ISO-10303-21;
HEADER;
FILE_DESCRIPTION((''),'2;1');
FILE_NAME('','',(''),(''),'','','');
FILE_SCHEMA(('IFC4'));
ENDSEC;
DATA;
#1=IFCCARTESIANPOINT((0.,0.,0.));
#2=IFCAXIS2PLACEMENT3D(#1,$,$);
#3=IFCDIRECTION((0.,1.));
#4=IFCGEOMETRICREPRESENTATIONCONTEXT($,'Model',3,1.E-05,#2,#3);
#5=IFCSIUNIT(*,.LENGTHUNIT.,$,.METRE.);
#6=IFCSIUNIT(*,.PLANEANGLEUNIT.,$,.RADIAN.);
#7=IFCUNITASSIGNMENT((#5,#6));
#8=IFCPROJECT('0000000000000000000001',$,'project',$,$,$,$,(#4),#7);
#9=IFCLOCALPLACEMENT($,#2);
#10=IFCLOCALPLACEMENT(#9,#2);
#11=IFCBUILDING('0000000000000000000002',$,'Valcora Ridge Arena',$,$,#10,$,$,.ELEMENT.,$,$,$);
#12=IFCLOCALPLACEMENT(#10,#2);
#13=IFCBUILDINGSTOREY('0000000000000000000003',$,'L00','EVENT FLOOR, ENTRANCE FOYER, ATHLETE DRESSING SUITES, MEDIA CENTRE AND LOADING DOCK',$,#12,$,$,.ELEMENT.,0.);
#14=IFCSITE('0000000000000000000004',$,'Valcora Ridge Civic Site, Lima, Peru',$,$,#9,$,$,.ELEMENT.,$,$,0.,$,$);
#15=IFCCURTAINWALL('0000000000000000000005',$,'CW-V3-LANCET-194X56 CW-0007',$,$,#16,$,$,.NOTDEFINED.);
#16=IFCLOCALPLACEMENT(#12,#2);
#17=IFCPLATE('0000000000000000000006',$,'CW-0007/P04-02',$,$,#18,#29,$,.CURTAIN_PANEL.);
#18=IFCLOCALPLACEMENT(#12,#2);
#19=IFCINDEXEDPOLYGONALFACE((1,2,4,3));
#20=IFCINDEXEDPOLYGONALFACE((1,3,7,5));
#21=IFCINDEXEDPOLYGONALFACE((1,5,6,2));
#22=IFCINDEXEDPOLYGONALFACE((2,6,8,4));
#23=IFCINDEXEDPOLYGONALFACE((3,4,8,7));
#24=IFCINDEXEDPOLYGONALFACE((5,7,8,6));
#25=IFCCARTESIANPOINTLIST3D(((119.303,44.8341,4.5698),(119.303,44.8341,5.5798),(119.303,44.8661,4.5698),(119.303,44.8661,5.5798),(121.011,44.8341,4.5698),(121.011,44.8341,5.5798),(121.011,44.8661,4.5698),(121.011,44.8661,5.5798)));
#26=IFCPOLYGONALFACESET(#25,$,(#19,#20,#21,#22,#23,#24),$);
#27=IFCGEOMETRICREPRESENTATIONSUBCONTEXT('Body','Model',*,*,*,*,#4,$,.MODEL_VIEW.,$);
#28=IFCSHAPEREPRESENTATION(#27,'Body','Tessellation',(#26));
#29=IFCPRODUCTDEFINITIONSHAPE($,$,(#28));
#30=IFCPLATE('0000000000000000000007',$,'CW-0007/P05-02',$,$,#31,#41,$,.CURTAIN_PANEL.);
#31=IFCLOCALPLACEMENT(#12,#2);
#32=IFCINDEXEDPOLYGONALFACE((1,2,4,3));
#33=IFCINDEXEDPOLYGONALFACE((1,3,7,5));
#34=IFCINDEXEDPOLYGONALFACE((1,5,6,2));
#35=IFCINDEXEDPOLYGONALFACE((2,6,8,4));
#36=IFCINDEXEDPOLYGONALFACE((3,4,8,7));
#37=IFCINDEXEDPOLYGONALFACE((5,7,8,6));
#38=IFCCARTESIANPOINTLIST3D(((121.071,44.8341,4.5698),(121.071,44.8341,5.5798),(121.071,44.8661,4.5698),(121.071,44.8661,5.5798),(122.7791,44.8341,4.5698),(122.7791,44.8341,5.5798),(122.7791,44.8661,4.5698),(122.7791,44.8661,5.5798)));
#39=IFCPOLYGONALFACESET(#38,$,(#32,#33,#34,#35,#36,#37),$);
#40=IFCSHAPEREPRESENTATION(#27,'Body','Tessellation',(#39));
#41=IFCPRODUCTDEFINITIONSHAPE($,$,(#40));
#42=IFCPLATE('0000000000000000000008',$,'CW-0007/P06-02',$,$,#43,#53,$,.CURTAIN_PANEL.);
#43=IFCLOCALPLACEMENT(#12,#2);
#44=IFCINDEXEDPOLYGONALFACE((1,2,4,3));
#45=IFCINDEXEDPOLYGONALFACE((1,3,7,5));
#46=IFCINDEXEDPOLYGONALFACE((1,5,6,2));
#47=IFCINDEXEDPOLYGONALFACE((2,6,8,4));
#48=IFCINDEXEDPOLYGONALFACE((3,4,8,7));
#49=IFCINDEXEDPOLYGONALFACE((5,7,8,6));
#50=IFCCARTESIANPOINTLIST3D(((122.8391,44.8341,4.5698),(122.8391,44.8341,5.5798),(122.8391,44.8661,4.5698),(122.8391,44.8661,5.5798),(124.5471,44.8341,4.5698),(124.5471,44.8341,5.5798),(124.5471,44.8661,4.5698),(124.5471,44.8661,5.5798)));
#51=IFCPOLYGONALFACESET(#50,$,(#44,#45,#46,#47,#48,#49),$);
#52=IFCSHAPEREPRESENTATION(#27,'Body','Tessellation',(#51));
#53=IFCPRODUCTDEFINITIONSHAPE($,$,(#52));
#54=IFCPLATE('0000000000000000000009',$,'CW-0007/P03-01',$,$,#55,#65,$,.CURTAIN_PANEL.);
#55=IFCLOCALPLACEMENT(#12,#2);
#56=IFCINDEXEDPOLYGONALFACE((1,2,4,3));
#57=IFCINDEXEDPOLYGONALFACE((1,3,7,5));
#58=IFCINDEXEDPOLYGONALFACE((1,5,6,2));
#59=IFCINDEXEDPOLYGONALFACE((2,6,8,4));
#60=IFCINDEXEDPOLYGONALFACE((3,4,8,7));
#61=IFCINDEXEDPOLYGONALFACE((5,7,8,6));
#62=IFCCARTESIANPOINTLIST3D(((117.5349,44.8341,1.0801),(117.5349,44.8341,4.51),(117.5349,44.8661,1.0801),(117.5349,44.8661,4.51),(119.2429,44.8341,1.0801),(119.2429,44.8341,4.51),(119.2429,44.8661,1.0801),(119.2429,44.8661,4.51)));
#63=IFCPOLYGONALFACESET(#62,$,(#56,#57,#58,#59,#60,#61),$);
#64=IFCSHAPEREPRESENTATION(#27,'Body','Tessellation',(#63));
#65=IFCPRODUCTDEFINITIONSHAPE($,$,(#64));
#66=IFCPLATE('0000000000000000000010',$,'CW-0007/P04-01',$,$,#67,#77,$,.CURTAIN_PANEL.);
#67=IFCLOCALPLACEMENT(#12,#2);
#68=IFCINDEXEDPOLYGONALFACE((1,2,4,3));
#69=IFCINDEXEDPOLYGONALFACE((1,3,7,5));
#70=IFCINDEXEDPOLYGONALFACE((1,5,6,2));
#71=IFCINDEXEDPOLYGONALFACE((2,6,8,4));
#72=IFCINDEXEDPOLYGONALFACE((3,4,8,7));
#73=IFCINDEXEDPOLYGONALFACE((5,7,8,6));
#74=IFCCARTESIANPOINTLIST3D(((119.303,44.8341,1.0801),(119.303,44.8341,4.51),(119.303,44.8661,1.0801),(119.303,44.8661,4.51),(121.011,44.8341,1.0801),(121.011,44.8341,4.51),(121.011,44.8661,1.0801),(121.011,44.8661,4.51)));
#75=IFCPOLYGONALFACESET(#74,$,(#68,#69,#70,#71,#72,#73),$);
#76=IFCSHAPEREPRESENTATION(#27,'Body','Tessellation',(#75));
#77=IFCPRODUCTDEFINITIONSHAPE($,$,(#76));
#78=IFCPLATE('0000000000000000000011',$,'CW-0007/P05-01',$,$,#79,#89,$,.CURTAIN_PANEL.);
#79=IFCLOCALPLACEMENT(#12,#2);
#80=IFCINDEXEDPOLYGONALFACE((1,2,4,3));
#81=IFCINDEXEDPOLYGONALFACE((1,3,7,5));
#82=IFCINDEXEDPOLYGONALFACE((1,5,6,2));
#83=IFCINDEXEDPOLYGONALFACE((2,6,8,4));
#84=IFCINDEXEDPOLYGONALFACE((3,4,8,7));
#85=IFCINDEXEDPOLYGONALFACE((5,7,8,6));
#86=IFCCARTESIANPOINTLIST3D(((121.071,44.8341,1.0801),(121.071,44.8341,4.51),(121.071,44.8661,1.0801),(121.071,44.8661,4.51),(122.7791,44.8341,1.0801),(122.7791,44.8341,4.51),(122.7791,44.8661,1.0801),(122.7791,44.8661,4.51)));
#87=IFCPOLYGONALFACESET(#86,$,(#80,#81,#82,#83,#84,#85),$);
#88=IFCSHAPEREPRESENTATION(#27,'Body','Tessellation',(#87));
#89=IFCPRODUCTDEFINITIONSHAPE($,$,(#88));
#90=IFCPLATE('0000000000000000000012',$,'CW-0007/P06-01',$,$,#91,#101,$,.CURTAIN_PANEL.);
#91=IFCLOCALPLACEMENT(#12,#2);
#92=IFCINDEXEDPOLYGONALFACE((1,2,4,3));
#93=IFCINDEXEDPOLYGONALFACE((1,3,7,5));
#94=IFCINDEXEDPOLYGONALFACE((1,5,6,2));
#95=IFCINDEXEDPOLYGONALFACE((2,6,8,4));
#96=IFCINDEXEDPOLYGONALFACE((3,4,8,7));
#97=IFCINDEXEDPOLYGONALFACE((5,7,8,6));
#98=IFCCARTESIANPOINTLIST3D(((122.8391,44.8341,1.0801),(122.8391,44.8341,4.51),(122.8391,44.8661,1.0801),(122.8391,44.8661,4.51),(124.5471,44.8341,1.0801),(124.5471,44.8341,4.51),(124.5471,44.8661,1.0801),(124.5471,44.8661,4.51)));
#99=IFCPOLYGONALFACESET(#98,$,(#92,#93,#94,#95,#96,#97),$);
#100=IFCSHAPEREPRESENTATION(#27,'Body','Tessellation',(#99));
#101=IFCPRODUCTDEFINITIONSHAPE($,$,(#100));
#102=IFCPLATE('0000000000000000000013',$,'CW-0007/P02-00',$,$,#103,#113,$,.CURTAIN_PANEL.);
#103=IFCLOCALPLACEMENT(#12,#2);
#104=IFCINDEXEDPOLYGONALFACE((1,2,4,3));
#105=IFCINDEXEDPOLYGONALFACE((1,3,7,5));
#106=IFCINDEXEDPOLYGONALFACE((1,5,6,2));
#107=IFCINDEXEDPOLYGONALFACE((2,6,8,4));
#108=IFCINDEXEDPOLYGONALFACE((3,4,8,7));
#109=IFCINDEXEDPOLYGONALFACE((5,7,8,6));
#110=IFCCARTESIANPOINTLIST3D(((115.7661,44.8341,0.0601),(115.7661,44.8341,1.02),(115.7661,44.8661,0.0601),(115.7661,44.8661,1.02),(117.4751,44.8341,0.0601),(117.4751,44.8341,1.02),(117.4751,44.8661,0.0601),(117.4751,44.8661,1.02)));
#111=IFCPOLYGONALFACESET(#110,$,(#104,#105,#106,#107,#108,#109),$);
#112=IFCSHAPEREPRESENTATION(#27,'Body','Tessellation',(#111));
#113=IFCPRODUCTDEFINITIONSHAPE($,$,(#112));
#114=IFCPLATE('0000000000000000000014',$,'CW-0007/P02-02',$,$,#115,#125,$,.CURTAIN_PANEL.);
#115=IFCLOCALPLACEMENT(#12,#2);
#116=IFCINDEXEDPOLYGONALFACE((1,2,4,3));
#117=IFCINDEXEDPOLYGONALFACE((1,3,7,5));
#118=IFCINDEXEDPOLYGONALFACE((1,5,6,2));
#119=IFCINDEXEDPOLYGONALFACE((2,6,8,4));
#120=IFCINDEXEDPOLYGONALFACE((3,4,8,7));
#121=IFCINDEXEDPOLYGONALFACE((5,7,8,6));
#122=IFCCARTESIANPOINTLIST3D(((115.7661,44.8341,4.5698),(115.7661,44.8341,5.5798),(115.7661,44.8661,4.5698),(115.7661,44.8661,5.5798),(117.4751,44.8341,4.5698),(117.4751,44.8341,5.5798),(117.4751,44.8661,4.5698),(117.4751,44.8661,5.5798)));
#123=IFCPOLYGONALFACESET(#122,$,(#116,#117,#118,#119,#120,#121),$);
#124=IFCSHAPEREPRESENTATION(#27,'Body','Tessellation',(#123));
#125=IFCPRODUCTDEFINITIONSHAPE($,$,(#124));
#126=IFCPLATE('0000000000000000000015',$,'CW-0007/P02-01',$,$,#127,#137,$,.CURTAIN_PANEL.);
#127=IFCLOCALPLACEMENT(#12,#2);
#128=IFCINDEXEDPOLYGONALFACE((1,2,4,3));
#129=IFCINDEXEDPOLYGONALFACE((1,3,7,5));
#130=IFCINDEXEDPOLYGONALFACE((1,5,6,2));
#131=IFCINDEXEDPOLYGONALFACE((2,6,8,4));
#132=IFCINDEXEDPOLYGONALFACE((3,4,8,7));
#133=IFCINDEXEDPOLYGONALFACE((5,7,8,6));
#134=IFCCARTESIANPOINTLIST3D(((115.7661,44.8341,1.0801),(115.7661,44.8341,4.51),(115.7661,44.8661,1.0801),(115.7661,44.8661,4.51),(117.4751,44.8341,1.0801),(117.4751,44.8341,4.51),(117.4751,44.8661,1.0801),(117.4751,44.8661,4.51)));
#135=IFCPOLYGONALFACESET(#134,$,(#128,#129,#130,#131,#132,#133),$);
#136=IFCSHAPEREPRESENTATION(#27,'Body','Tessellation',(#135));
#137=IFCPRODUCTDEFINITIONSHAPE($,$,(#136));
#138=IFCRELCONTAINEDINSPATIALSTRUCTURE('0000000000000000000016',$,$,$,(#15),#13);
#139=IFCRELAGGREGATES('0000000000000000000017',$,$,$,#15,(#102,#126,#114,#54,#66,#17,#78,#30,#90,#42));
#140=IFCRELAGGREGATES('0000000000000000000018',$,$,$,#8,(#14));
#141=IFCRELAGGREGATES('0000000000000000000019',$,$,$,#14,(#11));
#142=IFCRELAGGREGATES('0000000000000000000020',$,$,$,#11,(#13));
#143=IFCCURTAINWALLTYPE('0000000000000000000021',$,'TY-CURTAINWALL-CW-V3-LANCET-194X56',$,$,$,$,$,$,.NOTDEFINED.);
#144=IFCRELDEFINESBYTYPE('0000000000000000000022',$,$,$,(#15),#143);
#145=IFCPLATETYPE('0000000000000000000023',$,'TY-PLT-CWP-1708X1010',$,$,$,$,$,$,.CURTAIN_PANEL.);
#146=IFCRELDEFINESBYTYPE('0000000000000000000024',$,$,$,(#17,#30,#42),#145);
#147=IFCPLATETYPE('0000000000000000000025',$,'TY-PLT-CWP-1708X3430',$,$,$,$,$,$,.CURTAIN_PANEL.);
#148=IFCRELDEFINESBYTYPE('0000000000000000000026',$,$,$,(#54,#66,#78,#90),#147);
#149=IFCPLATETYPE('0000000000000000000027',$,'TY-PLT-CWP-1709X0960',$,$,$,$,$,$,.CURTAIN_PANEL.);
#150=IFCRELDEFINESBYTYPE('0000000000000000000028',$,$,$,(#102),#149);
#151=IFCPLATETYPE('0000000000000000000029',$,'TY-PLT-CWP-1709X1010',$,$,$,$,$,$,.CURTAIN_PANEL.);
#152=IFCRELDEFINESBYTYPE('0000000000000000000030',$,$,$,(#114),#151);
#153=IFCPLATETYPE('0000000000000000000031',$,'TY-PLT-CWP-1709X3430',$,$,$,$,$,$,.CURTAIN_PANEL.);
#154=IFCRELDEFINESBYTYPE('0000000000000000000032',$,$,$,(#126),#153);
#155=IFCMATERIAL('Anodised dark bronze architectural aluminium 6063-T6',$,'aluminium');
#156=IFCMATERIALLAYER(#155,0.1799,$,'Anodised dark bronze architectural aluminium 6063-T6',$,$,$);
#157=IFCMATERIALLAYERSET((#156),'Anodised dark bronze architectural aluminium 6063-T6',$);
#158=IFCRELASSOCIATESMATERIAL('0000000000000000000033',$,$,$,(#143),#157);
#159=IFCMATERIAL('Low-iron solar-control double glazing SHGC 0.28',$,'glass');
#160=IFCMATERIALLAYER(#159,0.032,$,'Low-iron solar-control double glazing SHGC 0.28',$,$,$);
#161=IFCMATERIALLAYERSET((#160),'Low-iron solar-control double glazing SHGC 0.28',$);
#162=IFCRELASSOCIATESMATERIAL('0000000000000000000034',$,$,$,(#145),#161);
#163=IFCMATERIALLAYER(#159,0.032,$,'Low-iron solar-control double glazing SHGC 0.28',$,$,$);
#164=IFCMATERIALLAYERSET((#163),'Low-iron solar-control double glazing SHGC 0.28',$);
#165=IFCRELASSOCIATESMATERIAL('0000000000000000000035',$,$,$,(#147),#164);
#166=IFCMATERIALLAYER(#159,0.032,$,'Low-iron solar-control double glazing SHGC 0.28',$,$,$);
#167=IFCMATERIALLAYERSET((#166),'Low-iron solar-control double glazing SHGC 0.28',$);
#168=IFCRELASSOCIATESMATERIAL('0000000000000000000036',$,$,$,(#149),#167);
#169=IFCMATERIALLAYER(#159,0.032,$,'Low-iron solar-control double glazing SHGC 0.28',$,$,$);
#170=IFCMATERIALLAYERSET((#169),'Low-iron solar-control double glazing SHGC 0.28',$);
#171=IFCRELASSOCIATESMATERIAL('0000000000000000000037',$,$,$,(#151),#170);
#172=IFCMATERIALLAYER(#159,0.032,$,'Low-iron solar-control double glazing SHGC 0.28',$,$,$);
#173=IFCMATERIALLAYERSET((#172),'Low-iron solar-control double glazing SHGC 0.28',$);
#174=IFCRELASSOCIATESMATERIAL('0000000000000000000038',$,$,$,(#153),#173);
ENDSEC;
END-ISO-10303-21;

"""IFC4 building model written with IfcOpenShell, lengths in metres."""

from ifc_helpers import new_model, si_unit, direction, frame, origin, origin_2d, place, context, subcontext, project, spatial, rectangle, extrude, material, layer, layer_set, type_object, element, aggregate, save


model = new_model("IFC4")

# Units and contexts
model_context = context("Model", 3, precision=1e-05, world=origin(), true_north=direction((0.0, 1.0)))
body_context = subcontext(model_context, "Body", "Model", "MODEL_VIEW")
ifc_project = project(units=[si_unit("LENGTHUNIT", "METRE"), si_unit("PLANEANGLEUNIT", "RADIAN")], contexts=[model_context])

# Site, building, storey
site_placement = place(None, origin())
site = spatial("IfcSite", under=ifc_project, at=site_placement, Name="Valcora Ridge Civic Site, Lima, Peru", CompositionType="ELEMENT", RefElevation=0.0)
building_placement = place(site_placement, origin())
building = spatial("IfcBuilding", under=site, at=building_placement, Name="Valcora Ridge Arena", CompositionType="ELEMENT")
storey_placement = place(building_placement, origin())
storey = spatial("IfcBuildingStorey", under=building, at=storey_placement, Name="L00", Description="EVENT FLOOR, ENTRANCE FOYER, ATHLETE DRESSING SUITES, MEDIA CENTRE AND LOADING DOCK", CompositionType="ELEMENT", Elevation=0.0)

# Curtain wall, plates
ifc_material_1 = material(Name="Anodised dark bronze architectural aluminium 6063-T6", Category="aluminium")
ifc_layer_1 = layer(ifc_material_1, 0.1799, Name="Anodised dark bronze architectural aluminium 6063-T6")
ifc_layer_set_1 = layer_set([ifc_layer_1], Name="Anodised dark bronze architectural aluminium 6063-T6")
curtain_wall_type = type_object("IfcCurtainWallType", Name="TY-CURTAINWALL-CW-V3-LANCET-194X56", PredefinedType="NOTDEFINED", material=ifc_layer_set_1)
curtain_wall_placement = place(storey_placement, origin())
curtain_wall = element("IfcCurtainWall", 1, at=curtain_wall_placement, inside=storey, type_object=curtain_wall_type, Name="CW-V3-LANCET-194X56 CW-0007", PredefinedType="NOTDEFINED")
ifc_material_2 = material(Name="Low-iron solar-control double glazing SHGC 0.28", Category="glass")
ifc_layer_2 = layer(ifc_material_2, 0.032, Name="Low-iron solar-control double glazing SHGC 0.28")
ifc_layer_set_2 = layer_set([ifc_layer_2], Name="Low-iron solar-control double glazing SHGC 0.28")
plate_type_1 = type_object("IfcPlateType", Name="TY-PLT-CWP-1708X1010", PredefinedType="CURTAIN_PANEL", material=ifc_layer_set_2)
plate_1_placement = place(storey_placement, frame((120.157, 44.8501, 4.5698), z_axis=(0.0, 0.0, 1.0), x_axis=(1.0, 0.0, 0.0)))
plate_1 = element("IfcPlate", 2, at=plate_1_placement, type_object=plate_type_1, Name="CW-0007/P04-02", PredefinedType="CURTAIN_PANEL", context=body_context, shape_type="SweptSolid", body=[
    extrude(rectangle(XDim=1.708, YDim=0.032, at=origin_2d()), origin(), (0.0, 0.0, 1.0), 1.01),
])
plate_2_placement = place(storey_placement, frame((121.925, 44.8501, 4.5698), z_axis=(0.0, 0.0, 1.0), x_axis=(1.0, 0.0, 0.0)))
plate_2 = element("IfcPlate", 3, at=plate_2_placement, type_object=plate_type_1, Name="CW-0007/P05-02", PredefinedType="CURTAIN_PANEL", context=body_context, shape_type="SweptSolid", body=[
    extrude(rectangle(XDim=1.708, YDim=0.032, at=origin_2d()), origin(), (0.0, 0.0, 1.0), 1.01),
])
plate_3_placement = place(storey_placement, frame((123.6931, 44.8501, 4.5698), z_axis=(0.0, 0.0, 1.0), x_axis=(1.0, 0.0, 0.0)))
plate_3 = element("IfcPlate", 4, at=plate_3_placement, type_object=plate_type_1, Name="CW-0007/P06-02", PredefinedType="CURTAIN_PANEL", context=body_context, shape_type="SweptSolid", body=[
    extrude(rectangle(XDim=1.708, YDim=0.032, at=origin_2d()), origin(), (0.0, 0.0, 1.0), 1.01),
])
ifc_layer_3 = layer(ifc_material_2, 0.032, Name="Low-iron solar-control double glazing SHGC 0.28")
ifc_layer_set_3 = layer_set([ifc_layer_3], Name="Low-iron solar-control double glazing SHGC 0.28")
plate_type_2 = type_object("IfcPlateType", Name="TY-PLT-CWP-1708X3430", PredefinedType="CURTAIN_PANEL", material=ifc_layer_set_3)
plate_4_placement = place(storey_placement, frame((118.3889, 44.8501, 1.0801), z_axis=(0.0, 0.0, 1.0), x_axis=(1.0, 0.0, 0.0)))
plate_4 = element("IfcPlate", 5, at=plate_4_placement, type_object=plate_type_2, Name="CW-0007/P03-01", PredefinedType="CURTAIN_PANEL", context=body_context, shape_type="SweptSolid", body=[
    extrude(rectangle(XDim=1.708, YDim=0.032, at=origin_2d()), origin(), (0.0, 0.0, 1.0), 3.4299),
])
plate_5_placement = place(storey_placement, frame((120.157, 44.8501, 1.0801), z_axis=(0.0, 0.0, 1.0), x_axis=(1.0, 0.0, 0.0)))
plate_5 = element("IfcPlate", 6, at=plate_5_placement, type_object=plate_type_2, Name="CW-0007/P04-01", PredefinedType="CURTAIN_PANEL", context=body_context, shape_type="SweptSolid", body=[
    extrude(rectangle(XDim=1.708, YDim=0.032, at=origin_2d()), origin(), (0.0, 0.0, 1.0), 3.4299),
])
plate_6_placement = place(storey_placement, frame((121.925, 44.8501, 1.0801), z_axis=(0.0, 0.0, 1.0), x_axis=(1.0, 0.0, 0.0)))
plate_6 = element("IfcPlate", 7, at=plate_6_placement, type_object=plate_type_2, Name="CW-0007/P05-01", PredefinedType="CURTAIN_PANEL", context=body_context, shape_type="SweptSolid", body=[
    extrude(rectangle(XDim=1.708, YDim=0.032, at=origin_2d()), origin(), (0.0, 0.0, 1.0), 3.4299),
])
plate_7_placement = place(storey_placement, frame((123.6931, 44.8501, 1.0801), z_axis=(0.0, 0.0, 1.0), x_axis=(1.0, 0.0, 0.0)))
plate_7 = element("IfcPlate", 8, at=plate_7_placement, type_object=plate_type_2, Name="CW-0007/P06-01", PredefinedType="CURTAIN_PANEL", context=body_context, shape_type="SweptSolid", body=[
    extrude(rectangle(XDim=1.708, YDim=0.032, at=origin_2d()), origin(), (0.0, 0.0, 1.0), 3.4299),
])
ifc_layer_4 = layer(ifc_material_2, 0.032, Name="Low-iron solar-control double glazing SHGC 0.28")
ifc_layer_set_4 = layer_set([ifc_layer_4], Name="Low-iron solar-control double glazing SHGC 0.28")
plate_type_3 = type_object("IfcPlateType", Name="TY-PLT-CWP-1709X0960", PredefinedType="CURTAIN_PANEL", material=ifc_layer_set_4)
plate_8_placement = place(storey_placement, frame((116.6206, 44.8501, 0.0601), z_axis=(0.0, 0.0, 1.0), x_axis=(1.0, 0.0, 0.0)))
plate_8 = element("IfcPlate", 9, at=plate_8_placement, type_object=plate_type_3, Name="CW-0007/P02-00", PredefinedType="CURTAIN_PANEL", context=body_context, shape_type="SweptSolid", body=[
    extrude(rectangle(XDim=1.709, YDim=0.032, at=origin_2d()), origin(), (0.0, 0.0, 1.0), 0.96),
])
ifc_layer_5 = layer(ifc_material_2, 0.032, Name="Low-iron solar-control double glazing SHGC 0.28")
ifc_layer_set_5 = layer_set([ifc_layer_5], Name="Low-iron solar-control double glazing SHGC 0.28")
plate_type_4 = type_object("IfcPlateType", Name="TY-PLT-CWP-1709X1010", PredefinedType="CURTAIN_PANEL", material=ifc_layer_set_5)
plate_9_placement = place(storey_placement, frame((116.6206, 44.8501, 4.5698), z_axis=(0.0, 0.0, 1.0), x_axis=(1.0, 0.0, 0.0)))
plate_9 = element("IfcPlate", 10, at=plate_9_placement, type_object=plate_type_4, Name="CW-0007/P02-02", PredefinedType="CURTAIN_PANEL", context=body_context, shape_type="SweptSolid", body=[
    extrude(rectangle(XDim=1.709, YDim=0.032, at=origin_2d()), origin(), (0.0, 0.0, 1.0), 1.01),
])
ifc_layer_6 = layer(ifc_material_2, 0.032, Name="Low-iron solar-control double glazing SHGC 0.28")
ifc_layer_set_6 = layer_set([ifc_layer_6], Name="Low-iron solar-control double glazing SHGC 0.28")
plate_type_5 = type_object("IfcPlateType", Name="TY-PLT-CWP-1709X3430", PredefinedType="CURTAIN_PANEL", material=ifc_layer_set_6)
plate_10_placement = place(storey_placement, frame((116.6206, 44.8501, 1.0801), z_axis=(0.0, 0.0, 1.0), x_axis=(1.0, 0.0, 0.0)))
plate_10 = element("IfcPlate", 11, at=plate_10_placement, type_object=plate_type_5, Name="CW-0007/P02-01", PredefinedType="CURTAIN_PANEL", context=body_context, shape_type="SweptSolid", body=[
    extrude(rectangle(XDim=1.709, YDim=0.032, at=origin_2d()), origin(), (0.0, 0.0, 1.0), 3.4299),
])
aggregate(curtain_wall, [plate_8, plate_10, plate_9, plate_4, plate_5, plate_1, plate_6, plate_2, plate_7, plate_3])

save(model, "model.ifc")
